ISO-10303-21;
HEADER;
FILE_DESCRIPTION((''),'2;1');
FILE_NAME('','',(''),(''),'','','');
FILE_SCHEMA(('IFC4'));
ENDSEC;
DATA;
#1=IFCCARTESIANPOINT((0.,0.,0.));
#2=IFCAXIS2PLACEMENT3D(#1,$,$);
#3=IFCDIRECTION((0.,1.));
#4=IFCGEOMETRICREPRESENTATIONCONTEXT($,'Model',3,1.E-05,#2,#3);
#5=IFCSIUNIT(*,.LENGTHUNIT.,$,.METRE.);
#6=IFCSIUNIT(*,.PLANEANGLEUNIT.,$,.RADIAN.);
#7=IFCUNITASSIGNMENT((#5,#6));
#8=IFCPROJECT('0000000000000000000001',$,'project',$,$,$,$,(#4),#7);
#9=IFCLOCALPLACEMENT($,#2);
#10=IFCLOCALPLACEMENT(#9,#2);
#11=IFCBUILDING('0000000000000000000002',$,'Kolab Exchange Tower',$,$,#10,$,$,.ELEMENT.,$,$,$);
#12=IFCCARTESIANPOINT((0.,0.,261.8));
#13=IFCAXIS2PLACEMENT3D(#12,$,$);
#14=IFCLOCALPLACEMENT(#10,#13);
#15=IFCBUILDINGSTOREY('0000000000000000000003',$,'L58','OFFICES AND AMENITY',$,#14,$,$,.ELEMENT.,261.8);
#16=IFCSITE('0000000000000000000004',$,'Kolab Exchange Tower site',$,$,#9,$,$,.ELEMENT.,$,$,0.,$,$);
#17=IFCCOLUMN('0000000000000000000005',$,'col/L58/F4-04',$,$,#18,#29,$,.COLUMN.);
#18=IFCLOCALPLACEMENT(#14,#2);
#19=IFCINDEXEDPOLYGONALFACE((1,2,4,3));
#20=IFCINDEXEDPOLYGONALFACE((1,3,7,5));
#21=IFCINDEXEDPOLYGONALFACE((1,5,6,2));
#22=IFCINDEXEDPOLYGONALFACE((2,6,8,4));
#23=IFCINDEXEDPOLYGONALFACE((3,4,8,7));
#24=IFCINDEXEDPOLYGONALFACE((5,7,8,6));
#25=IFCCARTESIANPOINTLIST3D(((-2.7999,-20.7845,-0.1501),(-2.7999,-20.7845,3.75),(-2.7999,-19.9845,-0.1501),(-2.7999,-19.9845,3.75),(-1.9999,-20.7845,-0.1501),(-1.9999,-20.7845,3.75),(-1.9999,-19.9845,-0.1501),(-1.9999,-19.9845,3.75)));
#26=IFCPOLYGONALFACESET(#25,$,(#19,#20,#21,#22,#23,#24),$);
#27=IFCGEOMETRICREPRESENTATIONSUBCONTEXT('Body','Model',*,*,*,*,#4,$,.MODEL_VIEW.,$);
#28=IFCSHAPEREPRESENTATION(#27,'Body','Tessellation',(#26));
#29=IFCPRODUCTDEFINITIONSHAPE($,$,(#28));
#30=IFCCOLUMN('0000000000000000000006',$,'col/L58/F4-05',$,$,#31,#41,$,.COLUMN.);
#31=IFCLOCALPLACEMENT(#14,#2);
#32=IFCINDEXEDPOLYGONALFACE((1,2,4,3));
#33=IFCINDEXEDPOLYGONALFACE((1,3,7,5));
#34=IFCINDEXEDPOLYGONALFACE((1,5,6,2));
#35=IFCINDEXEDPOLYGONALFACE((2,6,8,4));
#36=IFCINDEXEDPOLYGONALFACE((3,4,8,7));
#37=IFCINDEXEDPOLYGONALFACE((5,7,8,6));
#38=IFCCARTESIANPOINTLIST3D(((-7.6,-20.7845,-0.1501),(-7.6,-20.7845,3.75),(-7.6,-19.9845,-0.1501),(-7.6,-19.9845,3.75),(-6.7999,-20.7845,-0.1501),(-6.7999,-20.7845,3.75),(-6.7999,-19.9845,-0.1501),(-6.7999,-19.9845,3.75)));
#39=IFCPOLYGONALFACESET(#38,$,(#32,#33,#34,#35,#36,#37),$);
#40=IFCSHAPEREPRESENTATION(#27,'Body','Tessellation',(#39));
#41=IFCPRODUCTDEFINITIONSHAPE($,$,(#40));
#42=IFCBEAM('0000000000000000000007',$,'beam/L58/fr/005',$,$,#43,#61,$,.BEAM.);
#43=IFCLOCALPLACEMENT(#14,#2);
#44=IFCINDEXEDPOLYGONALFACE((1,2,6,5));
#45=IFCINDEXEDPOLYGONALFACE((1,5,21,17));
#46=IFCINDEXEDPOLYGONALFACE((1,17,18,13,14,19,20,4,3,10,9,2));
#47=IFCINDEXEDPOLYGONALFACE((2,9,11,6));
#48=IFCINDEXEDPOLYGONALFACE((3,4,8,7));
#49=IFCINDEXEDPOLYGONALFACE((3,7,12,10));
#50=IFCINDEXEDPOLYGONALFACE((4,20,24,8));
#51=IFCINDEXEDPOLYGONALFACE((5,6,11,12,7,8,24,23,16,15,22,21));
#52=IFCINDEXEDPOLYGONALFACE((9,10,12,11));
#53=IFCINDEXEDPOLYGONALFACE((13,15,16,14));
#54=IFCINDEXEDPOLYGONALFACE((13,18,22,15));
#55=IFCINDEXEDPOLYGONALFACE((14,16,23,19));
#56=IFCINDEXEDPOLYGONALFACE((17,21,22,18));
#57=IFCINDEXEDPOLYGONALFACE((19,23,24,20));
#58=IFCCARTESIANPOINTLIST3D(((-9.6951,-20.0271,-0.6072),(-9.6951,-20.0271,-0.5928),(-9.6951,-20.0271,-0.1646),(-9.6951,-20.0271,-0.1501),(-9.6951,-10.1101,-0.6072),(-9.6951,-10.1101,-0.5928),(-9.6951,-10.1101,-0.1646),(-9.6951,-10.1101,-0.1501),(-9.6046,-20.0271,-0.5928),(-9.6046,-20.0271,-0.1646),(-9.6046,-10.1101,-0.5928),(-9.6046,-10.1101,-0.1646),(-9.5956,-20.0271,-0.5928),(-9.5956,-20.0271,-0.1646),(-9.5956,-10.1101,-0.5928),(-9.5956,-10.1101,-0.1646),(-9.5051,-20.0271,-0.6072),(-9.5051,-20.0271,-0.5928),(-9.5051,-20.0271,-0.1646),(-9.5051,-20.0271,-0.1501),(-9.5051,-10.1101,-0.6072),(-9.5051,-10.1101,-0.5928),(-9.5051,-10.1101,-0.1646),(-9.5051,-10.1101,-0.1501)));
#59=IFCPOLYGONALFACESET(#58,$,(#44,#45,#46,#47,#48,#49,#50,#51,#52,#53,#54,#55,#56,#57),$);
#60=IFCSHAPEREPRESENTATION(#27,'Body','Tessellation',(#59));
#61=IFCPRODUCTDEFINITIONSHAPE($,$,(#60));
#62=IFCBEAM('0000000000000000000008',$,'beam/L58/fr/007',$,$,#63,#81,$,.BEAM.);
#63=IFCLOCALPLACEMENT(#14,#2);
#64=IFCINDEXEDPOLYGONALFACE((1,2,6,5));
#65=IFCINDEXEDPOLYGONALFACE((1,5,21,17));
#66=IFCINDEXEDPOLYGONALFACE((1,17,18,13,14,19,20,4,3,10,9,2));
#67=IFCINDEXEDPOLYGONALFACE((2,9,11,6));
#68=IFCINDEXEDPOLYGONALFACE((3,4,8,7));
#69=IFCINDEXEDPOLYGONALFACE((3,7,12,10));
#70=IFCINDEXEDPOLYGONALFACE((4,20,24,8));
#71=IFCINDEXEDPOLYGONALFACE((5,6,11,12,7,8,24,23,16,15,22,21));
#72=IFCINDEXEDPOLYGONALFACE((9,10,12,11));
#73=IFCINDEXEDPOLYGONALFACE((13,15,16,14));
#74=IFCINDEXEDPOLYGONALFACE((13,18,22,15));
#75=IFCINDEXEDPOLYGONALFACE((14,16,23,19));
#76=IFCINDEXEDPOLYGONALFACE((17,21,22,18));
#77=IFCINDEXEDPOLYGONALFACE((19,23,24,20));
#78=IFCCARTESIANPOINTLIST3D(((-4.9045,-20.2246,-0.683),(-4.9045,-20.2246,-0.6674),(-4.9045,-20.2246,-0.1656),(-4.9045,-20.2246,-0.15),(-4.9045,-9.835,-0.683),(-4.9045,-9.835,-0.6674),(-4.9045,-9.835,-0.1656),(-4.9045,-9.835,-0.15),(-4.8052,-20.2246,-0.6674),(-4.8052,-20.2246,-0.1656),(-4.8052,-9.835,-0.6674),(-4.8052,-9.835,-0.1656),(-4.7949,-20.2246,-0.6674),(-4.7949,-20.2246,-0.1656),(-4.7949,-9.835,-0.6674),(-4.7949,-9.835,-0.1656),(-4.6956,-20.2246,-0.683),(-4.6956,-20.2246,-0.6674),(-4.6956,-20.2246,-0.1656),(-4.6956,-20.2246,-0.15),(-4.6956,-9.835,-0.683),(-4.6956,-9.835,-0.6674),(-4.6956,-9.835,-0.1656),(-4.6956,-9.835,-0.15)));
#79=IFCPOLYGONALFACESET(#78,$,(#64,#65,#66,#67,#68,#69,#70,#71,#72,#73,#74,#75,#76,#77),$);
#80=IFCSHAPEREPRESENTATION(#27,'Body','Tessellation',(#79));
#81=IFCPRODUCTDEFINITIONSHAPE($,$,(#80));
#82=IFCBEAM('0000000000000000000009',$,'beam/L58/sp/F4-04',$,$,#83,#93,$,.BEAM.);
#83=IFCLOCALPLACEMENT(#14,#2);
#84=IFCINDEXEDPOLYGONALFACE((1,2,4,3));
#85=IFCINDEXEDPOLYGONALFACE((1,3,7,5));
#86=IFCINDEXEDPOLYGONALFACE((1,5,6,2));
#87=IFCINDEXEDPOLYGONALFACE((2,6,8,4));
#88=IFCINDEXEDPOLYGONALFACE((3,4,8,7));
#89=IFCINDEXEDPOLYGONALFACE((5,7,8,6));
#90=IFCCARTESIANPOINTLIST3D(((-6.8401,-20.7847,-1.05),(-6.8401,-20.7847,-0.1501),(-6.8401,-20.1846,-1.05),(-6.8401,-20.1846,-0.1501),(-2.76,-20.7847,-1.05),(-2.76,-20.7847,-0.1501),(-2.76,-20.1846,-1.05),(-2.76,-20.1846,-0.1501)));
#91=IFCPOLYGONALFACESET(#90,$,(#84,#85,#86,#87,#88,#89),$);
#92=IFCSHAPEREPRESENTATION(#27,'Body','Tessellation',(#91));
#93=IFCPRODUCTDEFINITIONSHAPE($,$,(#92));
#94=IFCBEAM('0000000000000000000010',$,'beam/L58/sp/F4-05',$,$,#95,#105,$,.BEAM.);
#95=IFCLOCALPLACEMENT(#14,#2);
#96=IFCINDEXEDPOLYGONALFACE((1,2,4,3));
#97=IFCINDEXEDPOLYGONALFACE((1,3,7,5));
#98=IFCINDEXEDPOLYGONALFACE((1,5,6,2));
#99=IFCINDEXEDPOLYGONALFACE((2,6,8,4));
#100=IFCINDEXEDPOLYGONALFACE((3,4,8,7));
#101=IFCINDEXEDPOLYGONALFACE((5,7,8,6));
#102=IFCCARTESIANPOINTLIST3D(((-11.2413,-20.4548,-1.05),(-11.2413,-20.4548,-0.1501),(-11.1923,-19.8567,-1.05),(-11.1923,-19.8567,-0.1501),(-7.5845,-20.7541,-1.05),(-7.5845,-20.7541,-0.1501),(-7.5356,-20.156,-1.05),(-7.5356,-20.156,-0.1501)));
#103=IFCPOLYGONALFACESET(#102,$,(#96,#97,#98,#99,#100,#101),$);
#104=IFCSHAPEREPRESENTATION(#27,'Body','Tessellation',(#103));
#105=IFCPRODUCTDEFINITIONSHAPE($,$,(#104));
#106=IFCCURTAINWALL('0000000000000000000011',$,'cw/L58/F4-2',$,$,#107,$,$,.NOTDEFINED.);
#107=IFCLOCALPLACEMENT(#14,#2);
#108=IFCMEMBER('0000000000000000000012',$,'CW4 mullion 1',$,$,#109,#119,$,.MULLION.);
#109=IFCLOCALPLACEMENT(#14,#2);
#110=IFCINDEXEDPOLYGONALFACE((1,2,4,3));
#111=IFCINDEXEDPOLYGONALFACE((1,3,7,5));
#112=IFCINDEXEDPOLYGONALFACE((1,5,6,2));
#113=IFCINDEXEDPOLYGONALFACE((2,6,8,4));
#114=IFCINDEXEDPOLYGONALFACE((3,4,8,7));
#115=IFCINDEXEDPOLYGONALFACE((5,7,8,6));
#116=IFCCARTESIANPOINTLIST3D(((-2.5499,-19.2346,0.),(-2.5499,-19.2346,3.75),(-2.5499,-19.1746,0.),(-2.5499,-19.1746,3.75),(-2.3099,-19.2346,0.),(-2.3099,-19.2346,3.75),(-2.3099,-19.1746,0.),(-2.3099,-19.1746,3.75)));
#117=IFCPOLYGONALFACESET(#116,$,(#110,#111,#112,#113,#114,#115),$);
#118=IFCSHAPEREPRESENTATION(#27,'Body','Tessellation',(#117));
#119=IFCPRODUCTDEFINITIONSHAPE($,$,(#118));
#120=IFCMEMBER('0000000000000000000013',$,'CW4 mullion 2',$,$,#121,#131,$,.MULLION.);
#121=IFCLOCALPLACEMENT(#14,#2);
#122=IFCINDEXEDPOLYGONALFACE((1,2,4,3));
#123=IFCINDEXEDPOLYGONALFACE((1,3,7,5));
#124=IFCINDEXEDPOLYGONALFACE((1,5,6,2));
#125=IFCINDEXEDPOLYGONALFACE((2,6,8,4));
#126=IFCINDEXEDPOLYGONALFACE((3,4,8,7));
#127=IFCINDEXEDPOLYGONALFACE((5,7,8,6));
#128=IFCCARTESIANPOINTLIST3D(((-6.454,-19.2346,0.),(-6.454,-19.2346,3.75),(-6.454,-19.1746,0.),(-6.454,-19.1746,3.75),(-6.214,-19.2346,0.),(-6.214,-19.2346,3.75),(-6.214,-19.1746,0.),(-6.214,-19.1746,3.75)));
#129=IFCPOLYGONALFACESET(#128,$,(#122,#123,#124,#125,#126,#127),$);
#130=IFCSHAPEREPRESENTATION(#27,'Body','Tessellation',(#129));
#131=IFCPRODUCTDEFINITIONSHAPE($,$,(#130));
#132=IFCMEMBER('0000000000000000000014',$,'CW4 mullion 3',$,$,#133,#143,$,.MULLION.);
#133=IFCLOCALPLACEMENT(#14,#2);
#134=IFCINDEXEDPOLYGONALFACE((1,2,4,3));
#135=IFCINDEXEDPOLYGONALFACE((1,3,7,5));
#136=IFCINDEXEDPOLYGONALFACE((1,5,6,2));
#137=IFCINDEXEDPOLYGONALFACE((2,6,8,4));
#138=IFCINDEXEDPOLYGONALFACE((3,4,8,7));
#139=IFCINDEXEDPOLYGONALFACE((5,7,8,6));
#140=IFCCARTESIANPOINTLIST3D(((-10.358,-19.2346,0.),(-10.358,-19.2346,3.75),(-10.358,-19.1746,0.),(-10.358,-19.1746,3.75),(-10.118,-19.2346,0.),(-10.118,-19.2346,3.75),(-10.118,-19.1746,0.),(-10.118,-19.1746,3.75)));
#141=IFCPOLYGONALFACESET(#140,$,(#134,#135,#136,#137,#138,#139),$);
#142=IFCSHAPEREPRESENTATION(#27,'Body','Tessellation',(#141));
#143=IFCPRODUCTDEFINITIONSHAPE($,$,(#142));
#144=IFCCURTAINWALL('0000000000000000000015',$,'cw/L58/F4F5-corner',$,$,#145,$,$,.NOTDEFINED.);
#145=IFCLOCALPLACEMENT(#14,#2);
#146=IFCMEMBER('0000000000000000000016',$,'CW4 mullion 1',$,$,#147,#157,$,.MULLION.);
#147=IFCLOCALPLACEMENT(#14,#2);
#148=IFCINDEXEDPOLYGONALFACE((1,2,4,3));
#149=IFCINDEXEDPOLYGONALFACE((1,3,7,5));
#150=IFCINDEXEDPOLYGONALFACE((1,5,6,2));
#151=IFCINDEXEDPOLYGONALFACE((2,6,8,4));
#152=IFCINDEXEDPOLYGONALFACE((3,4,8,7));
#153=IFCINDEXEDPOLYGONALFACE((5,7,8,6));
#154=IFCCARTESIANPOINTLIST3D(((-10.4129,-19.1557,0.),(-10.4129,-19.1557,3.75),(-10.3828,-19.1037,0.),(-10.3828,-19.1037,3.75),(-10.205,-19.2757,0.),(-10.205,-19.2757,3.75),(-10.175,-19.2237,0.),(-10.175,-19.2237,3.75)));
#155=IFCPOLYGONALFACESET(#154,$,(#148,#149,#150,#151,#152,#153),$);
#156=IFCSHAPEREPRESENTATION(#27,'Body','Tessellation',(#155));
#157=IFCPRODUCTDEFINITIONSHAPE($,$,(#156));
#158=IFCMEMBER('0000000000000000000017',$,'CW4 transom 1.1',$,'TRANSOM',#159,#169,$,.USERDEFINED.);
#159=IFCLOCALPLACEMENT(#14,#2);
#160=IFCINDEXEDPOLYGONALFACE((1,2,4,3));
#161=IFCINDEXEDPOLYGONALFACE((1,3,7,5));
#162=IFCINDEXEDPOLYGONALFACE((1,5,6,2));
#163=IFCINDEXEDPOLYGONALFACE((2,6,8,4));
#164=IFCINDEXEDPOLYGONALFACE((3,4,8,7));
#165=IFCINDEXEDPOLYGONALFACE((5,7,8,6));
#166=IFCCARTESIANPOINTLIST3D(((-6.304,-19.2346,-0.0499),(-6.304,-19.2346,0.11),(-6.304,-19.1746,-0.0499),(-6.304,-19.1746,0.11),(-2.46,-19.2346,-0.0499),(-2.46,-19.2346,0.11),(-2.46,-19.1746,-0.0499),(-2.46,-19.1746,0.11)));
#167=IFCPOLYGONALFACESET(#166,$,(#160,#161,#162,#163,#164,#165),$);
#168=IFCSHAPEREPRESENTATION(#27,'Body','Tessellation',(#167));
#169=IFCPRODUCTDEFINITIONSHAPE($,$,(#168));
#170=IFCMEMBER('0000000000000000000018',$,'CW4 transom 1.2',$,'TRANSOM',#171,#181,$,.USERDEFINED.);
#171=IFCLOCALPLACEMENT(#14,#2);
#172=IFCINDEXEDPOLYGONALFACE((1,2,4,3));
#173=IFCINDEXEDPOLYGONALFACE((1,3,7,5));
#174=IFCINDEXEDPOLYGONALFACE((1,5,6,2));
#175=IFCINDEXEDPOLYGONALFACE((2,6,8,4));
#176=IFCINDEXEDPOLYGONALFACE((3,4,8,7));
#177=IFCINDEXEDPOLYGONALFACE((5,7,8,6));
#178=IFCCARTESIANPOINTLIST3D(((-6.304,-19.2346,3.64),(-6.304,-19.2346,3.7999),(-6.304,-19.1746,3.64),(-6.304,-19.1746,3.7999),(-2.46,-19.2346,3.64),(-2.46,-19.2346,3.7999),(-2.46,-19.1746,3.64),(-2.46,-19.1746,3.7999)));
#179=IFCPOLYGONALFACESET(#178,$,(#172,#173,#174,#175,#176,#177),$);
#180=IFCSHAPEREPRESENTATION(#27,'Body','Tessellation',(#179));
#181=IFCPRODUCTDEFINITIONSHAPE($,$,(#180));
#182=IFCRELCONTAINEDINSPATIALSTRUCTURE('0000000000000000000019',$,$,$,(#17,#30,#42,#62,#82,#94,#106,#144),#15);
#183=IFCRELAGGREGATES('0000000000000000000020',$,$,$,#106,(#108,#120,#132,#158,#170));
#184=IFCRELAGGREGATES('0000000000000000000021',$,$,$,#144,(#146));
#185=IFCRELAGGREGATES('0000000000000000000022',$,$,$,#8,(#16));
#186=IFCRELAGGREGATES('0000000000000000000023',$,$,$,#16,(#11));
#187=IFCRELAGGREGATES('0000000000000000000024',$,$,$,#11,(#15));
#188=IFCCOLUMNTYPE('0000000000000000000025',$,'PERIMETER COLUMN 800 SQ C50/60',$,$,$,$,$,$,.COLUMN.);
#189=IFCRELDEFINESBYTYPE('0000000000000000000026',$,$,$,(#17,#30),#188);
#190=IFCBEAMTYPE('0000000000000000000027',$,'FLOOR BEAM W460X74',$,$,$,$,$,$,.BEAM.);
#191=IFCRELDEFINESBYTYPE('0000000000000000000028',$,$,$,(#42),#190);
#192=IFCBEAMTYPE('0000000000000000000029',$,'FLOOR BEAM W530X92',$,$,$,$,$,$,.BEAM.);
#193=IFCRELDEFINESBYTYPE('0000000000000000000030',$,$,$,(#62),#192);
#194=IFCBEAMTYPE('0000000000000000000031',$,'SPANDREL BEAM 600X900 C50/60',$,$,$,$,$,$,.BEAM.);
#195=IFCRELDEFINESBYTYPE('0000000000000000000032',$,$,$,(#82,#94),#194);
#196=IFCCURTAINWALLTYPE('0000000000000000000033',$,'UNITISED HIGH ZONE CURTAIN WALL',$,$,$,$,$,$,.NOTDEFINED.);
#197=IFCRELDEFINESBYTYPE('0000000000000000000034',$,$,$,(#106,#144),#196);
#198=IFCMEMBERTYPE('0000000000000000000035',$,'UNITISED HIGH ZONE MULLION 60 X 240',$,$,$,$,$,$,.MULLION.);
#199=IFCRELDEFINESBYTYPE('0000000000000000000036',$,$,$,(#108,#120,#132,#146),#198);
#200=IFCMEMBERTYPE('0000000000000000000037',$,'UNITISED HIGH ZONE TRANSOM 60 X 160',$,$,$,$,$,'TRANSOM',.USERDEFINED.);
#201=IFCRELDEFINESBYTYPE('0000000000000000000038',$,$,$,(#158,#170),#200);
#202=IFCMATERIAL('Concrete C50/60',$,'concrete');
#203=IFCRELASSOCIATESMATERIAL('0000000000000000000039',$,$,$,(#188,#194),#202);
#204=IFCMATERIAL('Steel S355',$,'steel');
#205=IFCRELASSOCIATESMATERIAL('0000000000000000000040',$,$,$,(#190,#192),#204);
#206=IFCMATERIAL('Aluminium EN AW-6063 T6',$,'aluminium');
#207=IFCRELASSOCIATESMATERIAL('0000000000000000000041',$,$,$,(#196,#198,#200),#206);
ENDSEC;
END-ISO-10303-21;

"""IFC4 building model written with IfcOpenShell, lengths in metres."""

from ifc_helpers import new_model, si_unit, direction, frame, origin, origin_2d, place, context, subcontext, project, spatial, rectangle, i_section, extrude, material, material_profile, profile_set, type_object, element, aggregate, save


model = new_model("IFC4")

# Units and contexts
model_context = context("Model", 3, precision=1e-05, world=origin(), true_north=direction((0.0, 1.0)))
body_context = subcontext(model_context, "Body", "Model", "MODEL_VIEW")
ifc_project = project(units=[si_unit("LENGTHUNIT", "METRE"), si_unit("PLANEANGLEUNIT", "RADIAN")], contexts=[model_context])

# Site, building, storey
site_placement = place(None, origin())
site = spatial("IfcSite", under=ifc_project, at=site_placement, Name="Kolab Exchange Tower site", CompositionType="ELEMENT", RefElevation=0.0)
building_placement = place(site_placement, origin())
building = spatial("IfcBuilding", under=site, at=building_placement, Name="Kolab Exchange Tower", CompositionType="ELEMENT")
storey_placement = place(building_placement, frame((0.0, 0.0, 261.8)))
storey = spatial("IfcBuildingStorey", under=building, at=storey_placement, Name="L58", Description="OFFICES AND AMENITY", CompositionType="ELEMENT", Elevation=261.8)

# Columns
ifc_material_1 = material(Name="Concrete C50/60", Category="concrete")
ifc_material_profile_1 = material_profile(ifc_material_1, rectangle(XDim=0.8, YDim=0.8, at=origin_2d()), Name="RC800")
ifc_profile_set_1 = profile_set([ifc_material_profile_1], Name="Concrete C50/60")
column_type = type_object("IfcColumnType", Name="PERIMETER COLUMN 800 SQ C50/60", PredefinedType="COLUMN", material=ifc_profile_set_1)
for number, where, z_axis, x_axis, name in (
    (1, (-2.3999, -20.3845, -0.1501), (0.0, 0.0, 1.0), (1.0, 0.0, 0.0), "col/L58/F4-04"),
    (2, (-7.2, -20.3845, -0.1501), (0.0, 0.0, 1.0), (1.0, 0.0, 0.0), "col/L58/F4-05"),
):
    element("IfcColumn", number, at=place(storey_placement, frame(where, z_axis=z_axis, x_axis=x_axis)), inside=storey, type_object=column_type, Name=name, PredefinedType="COLUMN", context=body_context, shape_type="SweptSolid", body=[
        extrude(rectangle(XDim=0.8, YDim=0.8, at=origin_2d()), origin(), (0.0, 0.0, 1.0), 3.9001),
    ])

# Beams
ifc_material_2 = material(Name="Steel S355", Category="steel")
ifc_material_profile_2 = material_profile(ifc_material_2, i_section(OverallWidth=0.1899, OverallDepth=0.457, WebThickness=0.009, FlangeThickness=0.0144, at=origin_2d()), Name="W460X74")
ifc_profile_set_2 = profile_set([ifc_material_profile_2], Name="Steel S355")
beam_type_1 = type_object("IfcBeamType", Name="FLOOR BEAM W460X74", PredefinedType="BEAM", material=ifc_profile_set_2)
beam_1_placement = place(storey_placement, frame((-9.6001, -20.0271, -0.3787), z_axis=(0.0, 1.0, 0.0), x_axis=(-1.0, 0.0, 0.0)))
element("IfcBeam", 3, at=beam_1_placement, inside=storey, type_object=beam_type_1, Name="beam/L58/fr/005", PredefinedType="BEAM", context=body_context, shape_type="SweptSolid", body=[
    extrude(i_section(OverallWidth=0.1899, OverallDepth=0.457, WebThickness=0.009, FlangeThickness=0.0144, at=origin_2d()), origin(), (0.0, 0.0, 1.0), 9.917),
])
ifc_material_profile_3 = material_profile(ifc_material_2, i_section(OverallWidth=0.209, OverallDepth=0.533, WebThickness=0.0103, FlangeThickness=0.0156, at=origin_2d()), Name="W530X92")
ifc_profile_set_3 = profile_set([ifc_material_profile_3], Name="Steel S355")
beam_type_2 = type_object("IfcBeamType", Name="FLOOR BEAM W530X92", PredefinedType="BEAM", material=ifc_profile_set_3)
beam_2_placement = place(storey_placement, frame((-4.8, -20.2246, -0.4165), z_axis=(0.0, 1.0, 0.0), x_axis=(-1.0, 0.0, 0.0)))
element("IfcBeam", 4, at=beam_2_placement, inside=storey, type_object=beam_type_2, Name="beam/L58/fr/007", PredefinedType="BEAM", context=body_context, shape_type="SweptSolid", body=[
    extrude(i_section(OverallWidth=0.209, OverallDepth=0.533, WebThickness=0.0103, FlangeThickness=0.0156, at=origin_2d()), origin(), (0.0, 0.0, 1.0), 10.3896),
])
ifc_material_profile_4 = material_profile(ifc_material_1, rectangle(XDim=0.6001, YDim=0.8999, at=origin_2d()), Name="RC600X900")
ifc_profile_set_4 = profile_set([ifc_material_profile_4], Name="Concrete C50/60")
beam_type_3 = type_object("IfcBeamType", Name="SPANDREL BEAM 600X900 C50/60", PredefinedType="BEAM", material=ifc_profile_set_4)
beam_3_placement = place(storey_placement, frame((-2.76, -20.4846, -0.6001), z_axis=(-1.0, 0.0, 0.0), x_axis=(0.0, -1.0, 0.0)))
element("IfcBeam", 5, at=beam_3_placement, inside=storey, type_object=beam_type_3, Name="beam/L58/sp/F4-04", PredefinedType="BEAM", context=body_context, shape_type="SweptSolid", body=[
    extrude(rectangle(XDim=0.6001, YDim=0.8999, at=origin_2d()), origin(), (0.0, 0.0, 1.0), 4.0801),
])
beam_4_placement = place(storey_placement, frame((-7.5601, -20.4551, -0.6001), z_axis=(-0.996667, 0.081581, 0.0), x_axis=(-0.081581, -0.996667, 0.0)))
element("IfcBeam", 6, at=beam_4_placement, inside=storey, type_object=beam_type_3, Name="beam/L58/sp/F4-05", PredefinedType="BEAM", context=body_context, shape_type="SweptSolid", body=[
    extrude(rectangle(XDim=0.6001, YDim=0.8999, at=origin_2d()), origin(), (0.0, 0.0, 1.0), 3.6689),
])

# Curtain wall, members
ifc_material_3 = material(Name="Aluminium EN AW-6063 T6", Category="aluminium")
curtain_wall_type = type_object("IfcCurtainWallType", Name="UNITISED HIGH ZONE CURTAIN WALL", PredefinedType="NOTDEFINED", material=ifc_material_3)
curtain_wall_1_placement = place(storey_placement, origin())
curtain_wall_1 = element("IfcCurtainWall", 7, at=curtain_wall_1_placement, inside=storey, type_object=curtain_wall_type, Name="cw/L58/F4-2", PredefinedType="NOTDEFINED")
ifc_material_profile_5 = material_profile(ifc_material_3, rectangle(XDim=0.0601, YDim=0.24, at=origin_2d()), Name="RECT 60X240")
ifc_profile_set_5 = profile_set([ifc_material_profile_5], Name="Aluminium EN AW-6063 T6")
member_type_1 = type_object("IfcMemberType", Name="UNITISED HIGH ZONE MULLION 60 X 240", PredefinedType="MULLION", material=ifc_profile_set_5)
member_1_placement = place(storey_placement, frame((-2.4299, -19.2046, 0.0), z_axis=(0.0, 0.0, 1.0), x_axis=(0.0, -1.0, 0.0)))
member_1 = element("IfcMember", 8, at=member_1_placement, type_object=member_type_1, Name="CW4 mullion 1", PredefinedType="MULLION", context=body_context, shape_type="SweptSolid", body=[
    extrude(rectangle(XDim=0.0601, YDim=0.24, at=origin_2d()), origin(), (0.0, 0.0, 1.0), 3.75),
])
member_2_placement = place(storey_placement, frame((-6.334, -19.2046, 0.0), z_axis=(0.0, 0.0, 1.0), x_axis=(0.0, -1.0, 0.0)))
member_2 = element("IfcMember", 9, at=member_2_placement, type_object=member_type_1, Name="CW4 mullion 2", PredefinedType="MULLION", context=body_context, shape_type="SweptSolid", body=[
    extrude(rectangle(XDim=0.0601, YDim=0.24, at=origin_2d()), origin(), (0.0, 0.0, 1.0), 3.75),
])
member_3_placement = place(storey_placement, frame((-10.238, -19.2046, 0.0), z_axis=(0.0, 0.0, 1.0), x_axis=(0.0, -1.0, 0.0)))
member_3 = element("IfcMember", 10, at=member_3_placement, type_object=member_type_1, Name="CW4 mullion 3", PredefinedType="MULLION", context=body_context, shape_type="SweptSolid", body=[
    extrude(rectangle(XDim=0.0601, YDim=0.24, at=origin_2d()), origin(), (0.0, 0.0, 1.0), 3.75),
])

# Curtain wall, member
curtain_wall_2_placement = place(storey_placement, origin())
curtain_wall_2 = element("IfcCurtainWall", 11, at=curtain_wall_2_placement, inside=storey, type_object=curtain_wall_type, Name="cw/L58/F4F5-corner", PredefinedType="NOTDEFINED")
member_4_placement = place(storey_placement, frame((-10.2939, -19.1897, 0.0), z_axis=(0.0, 0.0, 1.0), x_axis=(-0.5, -0.866025, 0.0)))
member_4 = element("IfcMember", 12, at=member_4_placement, type_object=member_type_1, Name="CW4 mullion 1", PredefinedType="MULLION", context=body_context, shape_type="SweptSolid", body=[
    extrude(rectangle(XDim=0.0601, YDim=0.24, at=origin_2d()), origin(), (0.0, 0.0, 1.0), 3.75),
])

# Members
ifc_material_profile_6 = material_profile(ifc_material_3, rectangle(XDim=0.0601, YDim=0.1599, at=origin_2d()), Name="RECT 60X160")
ifc_profile_set_6 = profile_set([ifc_material_profile_6], Name="Aluminium EN AW-6063 T6")
member_type_2 = type_object("IfcMemberType", Name="UNITISED HIGH ZONE TRANSOM 60 X 160", ElementType="TRANSOM", PredefinedType="USERDEFINED", material=ifc_profile_set_6)
member_5_placement = place(storey_placement, frame((-2.46, -19.2046, 0.03), z_axis=(-1.0, 0.0, 0.0), x_axis=(0.0, -1.0, 0.0)))
member_5 = element("IfcMember", 13, at=member_5_placement, type_object=member_type_2, Name="CW4 transom 1.1", ObjectType="TRANSOM", PredefinedType="USERDEFINED", context=body_context, shape_type="SweptSolid", body=[
    extrude(rectangle(XDim=0.0601, YDim=0.1599, at=origin_2d()), origin(), (0.0, 0.0, 1.0), 3.844),
])
member_6_placement = place(storey_placement, frame((-2.46, -19.2046, 3.72), z_axis=(-1.0, 0.0, 0.0), x_axis=(0.0, -1.0, 0.0)))
member_6 = element("IfcMember", 14, at=member_6_placement, type_object=member_type_2, Name="CW4 transom 1.2", ObjectType="TRANSOM", PredefinedType="USERDEFINED", context=body_context, shape_type="SweptSolid", body=[
    extrude(rectangle(XDim=0.0601, YDim=0.1599, at=origin_2d()), origin(), (0.0, 0.0, 1.0), 3.844),
])

aggregate(curtain_wall_1, [member_1, member_2, member_3, member_5, member_6])
aggregate(curtain_wall_2, [member_4])

save(model, "model.ifc")
